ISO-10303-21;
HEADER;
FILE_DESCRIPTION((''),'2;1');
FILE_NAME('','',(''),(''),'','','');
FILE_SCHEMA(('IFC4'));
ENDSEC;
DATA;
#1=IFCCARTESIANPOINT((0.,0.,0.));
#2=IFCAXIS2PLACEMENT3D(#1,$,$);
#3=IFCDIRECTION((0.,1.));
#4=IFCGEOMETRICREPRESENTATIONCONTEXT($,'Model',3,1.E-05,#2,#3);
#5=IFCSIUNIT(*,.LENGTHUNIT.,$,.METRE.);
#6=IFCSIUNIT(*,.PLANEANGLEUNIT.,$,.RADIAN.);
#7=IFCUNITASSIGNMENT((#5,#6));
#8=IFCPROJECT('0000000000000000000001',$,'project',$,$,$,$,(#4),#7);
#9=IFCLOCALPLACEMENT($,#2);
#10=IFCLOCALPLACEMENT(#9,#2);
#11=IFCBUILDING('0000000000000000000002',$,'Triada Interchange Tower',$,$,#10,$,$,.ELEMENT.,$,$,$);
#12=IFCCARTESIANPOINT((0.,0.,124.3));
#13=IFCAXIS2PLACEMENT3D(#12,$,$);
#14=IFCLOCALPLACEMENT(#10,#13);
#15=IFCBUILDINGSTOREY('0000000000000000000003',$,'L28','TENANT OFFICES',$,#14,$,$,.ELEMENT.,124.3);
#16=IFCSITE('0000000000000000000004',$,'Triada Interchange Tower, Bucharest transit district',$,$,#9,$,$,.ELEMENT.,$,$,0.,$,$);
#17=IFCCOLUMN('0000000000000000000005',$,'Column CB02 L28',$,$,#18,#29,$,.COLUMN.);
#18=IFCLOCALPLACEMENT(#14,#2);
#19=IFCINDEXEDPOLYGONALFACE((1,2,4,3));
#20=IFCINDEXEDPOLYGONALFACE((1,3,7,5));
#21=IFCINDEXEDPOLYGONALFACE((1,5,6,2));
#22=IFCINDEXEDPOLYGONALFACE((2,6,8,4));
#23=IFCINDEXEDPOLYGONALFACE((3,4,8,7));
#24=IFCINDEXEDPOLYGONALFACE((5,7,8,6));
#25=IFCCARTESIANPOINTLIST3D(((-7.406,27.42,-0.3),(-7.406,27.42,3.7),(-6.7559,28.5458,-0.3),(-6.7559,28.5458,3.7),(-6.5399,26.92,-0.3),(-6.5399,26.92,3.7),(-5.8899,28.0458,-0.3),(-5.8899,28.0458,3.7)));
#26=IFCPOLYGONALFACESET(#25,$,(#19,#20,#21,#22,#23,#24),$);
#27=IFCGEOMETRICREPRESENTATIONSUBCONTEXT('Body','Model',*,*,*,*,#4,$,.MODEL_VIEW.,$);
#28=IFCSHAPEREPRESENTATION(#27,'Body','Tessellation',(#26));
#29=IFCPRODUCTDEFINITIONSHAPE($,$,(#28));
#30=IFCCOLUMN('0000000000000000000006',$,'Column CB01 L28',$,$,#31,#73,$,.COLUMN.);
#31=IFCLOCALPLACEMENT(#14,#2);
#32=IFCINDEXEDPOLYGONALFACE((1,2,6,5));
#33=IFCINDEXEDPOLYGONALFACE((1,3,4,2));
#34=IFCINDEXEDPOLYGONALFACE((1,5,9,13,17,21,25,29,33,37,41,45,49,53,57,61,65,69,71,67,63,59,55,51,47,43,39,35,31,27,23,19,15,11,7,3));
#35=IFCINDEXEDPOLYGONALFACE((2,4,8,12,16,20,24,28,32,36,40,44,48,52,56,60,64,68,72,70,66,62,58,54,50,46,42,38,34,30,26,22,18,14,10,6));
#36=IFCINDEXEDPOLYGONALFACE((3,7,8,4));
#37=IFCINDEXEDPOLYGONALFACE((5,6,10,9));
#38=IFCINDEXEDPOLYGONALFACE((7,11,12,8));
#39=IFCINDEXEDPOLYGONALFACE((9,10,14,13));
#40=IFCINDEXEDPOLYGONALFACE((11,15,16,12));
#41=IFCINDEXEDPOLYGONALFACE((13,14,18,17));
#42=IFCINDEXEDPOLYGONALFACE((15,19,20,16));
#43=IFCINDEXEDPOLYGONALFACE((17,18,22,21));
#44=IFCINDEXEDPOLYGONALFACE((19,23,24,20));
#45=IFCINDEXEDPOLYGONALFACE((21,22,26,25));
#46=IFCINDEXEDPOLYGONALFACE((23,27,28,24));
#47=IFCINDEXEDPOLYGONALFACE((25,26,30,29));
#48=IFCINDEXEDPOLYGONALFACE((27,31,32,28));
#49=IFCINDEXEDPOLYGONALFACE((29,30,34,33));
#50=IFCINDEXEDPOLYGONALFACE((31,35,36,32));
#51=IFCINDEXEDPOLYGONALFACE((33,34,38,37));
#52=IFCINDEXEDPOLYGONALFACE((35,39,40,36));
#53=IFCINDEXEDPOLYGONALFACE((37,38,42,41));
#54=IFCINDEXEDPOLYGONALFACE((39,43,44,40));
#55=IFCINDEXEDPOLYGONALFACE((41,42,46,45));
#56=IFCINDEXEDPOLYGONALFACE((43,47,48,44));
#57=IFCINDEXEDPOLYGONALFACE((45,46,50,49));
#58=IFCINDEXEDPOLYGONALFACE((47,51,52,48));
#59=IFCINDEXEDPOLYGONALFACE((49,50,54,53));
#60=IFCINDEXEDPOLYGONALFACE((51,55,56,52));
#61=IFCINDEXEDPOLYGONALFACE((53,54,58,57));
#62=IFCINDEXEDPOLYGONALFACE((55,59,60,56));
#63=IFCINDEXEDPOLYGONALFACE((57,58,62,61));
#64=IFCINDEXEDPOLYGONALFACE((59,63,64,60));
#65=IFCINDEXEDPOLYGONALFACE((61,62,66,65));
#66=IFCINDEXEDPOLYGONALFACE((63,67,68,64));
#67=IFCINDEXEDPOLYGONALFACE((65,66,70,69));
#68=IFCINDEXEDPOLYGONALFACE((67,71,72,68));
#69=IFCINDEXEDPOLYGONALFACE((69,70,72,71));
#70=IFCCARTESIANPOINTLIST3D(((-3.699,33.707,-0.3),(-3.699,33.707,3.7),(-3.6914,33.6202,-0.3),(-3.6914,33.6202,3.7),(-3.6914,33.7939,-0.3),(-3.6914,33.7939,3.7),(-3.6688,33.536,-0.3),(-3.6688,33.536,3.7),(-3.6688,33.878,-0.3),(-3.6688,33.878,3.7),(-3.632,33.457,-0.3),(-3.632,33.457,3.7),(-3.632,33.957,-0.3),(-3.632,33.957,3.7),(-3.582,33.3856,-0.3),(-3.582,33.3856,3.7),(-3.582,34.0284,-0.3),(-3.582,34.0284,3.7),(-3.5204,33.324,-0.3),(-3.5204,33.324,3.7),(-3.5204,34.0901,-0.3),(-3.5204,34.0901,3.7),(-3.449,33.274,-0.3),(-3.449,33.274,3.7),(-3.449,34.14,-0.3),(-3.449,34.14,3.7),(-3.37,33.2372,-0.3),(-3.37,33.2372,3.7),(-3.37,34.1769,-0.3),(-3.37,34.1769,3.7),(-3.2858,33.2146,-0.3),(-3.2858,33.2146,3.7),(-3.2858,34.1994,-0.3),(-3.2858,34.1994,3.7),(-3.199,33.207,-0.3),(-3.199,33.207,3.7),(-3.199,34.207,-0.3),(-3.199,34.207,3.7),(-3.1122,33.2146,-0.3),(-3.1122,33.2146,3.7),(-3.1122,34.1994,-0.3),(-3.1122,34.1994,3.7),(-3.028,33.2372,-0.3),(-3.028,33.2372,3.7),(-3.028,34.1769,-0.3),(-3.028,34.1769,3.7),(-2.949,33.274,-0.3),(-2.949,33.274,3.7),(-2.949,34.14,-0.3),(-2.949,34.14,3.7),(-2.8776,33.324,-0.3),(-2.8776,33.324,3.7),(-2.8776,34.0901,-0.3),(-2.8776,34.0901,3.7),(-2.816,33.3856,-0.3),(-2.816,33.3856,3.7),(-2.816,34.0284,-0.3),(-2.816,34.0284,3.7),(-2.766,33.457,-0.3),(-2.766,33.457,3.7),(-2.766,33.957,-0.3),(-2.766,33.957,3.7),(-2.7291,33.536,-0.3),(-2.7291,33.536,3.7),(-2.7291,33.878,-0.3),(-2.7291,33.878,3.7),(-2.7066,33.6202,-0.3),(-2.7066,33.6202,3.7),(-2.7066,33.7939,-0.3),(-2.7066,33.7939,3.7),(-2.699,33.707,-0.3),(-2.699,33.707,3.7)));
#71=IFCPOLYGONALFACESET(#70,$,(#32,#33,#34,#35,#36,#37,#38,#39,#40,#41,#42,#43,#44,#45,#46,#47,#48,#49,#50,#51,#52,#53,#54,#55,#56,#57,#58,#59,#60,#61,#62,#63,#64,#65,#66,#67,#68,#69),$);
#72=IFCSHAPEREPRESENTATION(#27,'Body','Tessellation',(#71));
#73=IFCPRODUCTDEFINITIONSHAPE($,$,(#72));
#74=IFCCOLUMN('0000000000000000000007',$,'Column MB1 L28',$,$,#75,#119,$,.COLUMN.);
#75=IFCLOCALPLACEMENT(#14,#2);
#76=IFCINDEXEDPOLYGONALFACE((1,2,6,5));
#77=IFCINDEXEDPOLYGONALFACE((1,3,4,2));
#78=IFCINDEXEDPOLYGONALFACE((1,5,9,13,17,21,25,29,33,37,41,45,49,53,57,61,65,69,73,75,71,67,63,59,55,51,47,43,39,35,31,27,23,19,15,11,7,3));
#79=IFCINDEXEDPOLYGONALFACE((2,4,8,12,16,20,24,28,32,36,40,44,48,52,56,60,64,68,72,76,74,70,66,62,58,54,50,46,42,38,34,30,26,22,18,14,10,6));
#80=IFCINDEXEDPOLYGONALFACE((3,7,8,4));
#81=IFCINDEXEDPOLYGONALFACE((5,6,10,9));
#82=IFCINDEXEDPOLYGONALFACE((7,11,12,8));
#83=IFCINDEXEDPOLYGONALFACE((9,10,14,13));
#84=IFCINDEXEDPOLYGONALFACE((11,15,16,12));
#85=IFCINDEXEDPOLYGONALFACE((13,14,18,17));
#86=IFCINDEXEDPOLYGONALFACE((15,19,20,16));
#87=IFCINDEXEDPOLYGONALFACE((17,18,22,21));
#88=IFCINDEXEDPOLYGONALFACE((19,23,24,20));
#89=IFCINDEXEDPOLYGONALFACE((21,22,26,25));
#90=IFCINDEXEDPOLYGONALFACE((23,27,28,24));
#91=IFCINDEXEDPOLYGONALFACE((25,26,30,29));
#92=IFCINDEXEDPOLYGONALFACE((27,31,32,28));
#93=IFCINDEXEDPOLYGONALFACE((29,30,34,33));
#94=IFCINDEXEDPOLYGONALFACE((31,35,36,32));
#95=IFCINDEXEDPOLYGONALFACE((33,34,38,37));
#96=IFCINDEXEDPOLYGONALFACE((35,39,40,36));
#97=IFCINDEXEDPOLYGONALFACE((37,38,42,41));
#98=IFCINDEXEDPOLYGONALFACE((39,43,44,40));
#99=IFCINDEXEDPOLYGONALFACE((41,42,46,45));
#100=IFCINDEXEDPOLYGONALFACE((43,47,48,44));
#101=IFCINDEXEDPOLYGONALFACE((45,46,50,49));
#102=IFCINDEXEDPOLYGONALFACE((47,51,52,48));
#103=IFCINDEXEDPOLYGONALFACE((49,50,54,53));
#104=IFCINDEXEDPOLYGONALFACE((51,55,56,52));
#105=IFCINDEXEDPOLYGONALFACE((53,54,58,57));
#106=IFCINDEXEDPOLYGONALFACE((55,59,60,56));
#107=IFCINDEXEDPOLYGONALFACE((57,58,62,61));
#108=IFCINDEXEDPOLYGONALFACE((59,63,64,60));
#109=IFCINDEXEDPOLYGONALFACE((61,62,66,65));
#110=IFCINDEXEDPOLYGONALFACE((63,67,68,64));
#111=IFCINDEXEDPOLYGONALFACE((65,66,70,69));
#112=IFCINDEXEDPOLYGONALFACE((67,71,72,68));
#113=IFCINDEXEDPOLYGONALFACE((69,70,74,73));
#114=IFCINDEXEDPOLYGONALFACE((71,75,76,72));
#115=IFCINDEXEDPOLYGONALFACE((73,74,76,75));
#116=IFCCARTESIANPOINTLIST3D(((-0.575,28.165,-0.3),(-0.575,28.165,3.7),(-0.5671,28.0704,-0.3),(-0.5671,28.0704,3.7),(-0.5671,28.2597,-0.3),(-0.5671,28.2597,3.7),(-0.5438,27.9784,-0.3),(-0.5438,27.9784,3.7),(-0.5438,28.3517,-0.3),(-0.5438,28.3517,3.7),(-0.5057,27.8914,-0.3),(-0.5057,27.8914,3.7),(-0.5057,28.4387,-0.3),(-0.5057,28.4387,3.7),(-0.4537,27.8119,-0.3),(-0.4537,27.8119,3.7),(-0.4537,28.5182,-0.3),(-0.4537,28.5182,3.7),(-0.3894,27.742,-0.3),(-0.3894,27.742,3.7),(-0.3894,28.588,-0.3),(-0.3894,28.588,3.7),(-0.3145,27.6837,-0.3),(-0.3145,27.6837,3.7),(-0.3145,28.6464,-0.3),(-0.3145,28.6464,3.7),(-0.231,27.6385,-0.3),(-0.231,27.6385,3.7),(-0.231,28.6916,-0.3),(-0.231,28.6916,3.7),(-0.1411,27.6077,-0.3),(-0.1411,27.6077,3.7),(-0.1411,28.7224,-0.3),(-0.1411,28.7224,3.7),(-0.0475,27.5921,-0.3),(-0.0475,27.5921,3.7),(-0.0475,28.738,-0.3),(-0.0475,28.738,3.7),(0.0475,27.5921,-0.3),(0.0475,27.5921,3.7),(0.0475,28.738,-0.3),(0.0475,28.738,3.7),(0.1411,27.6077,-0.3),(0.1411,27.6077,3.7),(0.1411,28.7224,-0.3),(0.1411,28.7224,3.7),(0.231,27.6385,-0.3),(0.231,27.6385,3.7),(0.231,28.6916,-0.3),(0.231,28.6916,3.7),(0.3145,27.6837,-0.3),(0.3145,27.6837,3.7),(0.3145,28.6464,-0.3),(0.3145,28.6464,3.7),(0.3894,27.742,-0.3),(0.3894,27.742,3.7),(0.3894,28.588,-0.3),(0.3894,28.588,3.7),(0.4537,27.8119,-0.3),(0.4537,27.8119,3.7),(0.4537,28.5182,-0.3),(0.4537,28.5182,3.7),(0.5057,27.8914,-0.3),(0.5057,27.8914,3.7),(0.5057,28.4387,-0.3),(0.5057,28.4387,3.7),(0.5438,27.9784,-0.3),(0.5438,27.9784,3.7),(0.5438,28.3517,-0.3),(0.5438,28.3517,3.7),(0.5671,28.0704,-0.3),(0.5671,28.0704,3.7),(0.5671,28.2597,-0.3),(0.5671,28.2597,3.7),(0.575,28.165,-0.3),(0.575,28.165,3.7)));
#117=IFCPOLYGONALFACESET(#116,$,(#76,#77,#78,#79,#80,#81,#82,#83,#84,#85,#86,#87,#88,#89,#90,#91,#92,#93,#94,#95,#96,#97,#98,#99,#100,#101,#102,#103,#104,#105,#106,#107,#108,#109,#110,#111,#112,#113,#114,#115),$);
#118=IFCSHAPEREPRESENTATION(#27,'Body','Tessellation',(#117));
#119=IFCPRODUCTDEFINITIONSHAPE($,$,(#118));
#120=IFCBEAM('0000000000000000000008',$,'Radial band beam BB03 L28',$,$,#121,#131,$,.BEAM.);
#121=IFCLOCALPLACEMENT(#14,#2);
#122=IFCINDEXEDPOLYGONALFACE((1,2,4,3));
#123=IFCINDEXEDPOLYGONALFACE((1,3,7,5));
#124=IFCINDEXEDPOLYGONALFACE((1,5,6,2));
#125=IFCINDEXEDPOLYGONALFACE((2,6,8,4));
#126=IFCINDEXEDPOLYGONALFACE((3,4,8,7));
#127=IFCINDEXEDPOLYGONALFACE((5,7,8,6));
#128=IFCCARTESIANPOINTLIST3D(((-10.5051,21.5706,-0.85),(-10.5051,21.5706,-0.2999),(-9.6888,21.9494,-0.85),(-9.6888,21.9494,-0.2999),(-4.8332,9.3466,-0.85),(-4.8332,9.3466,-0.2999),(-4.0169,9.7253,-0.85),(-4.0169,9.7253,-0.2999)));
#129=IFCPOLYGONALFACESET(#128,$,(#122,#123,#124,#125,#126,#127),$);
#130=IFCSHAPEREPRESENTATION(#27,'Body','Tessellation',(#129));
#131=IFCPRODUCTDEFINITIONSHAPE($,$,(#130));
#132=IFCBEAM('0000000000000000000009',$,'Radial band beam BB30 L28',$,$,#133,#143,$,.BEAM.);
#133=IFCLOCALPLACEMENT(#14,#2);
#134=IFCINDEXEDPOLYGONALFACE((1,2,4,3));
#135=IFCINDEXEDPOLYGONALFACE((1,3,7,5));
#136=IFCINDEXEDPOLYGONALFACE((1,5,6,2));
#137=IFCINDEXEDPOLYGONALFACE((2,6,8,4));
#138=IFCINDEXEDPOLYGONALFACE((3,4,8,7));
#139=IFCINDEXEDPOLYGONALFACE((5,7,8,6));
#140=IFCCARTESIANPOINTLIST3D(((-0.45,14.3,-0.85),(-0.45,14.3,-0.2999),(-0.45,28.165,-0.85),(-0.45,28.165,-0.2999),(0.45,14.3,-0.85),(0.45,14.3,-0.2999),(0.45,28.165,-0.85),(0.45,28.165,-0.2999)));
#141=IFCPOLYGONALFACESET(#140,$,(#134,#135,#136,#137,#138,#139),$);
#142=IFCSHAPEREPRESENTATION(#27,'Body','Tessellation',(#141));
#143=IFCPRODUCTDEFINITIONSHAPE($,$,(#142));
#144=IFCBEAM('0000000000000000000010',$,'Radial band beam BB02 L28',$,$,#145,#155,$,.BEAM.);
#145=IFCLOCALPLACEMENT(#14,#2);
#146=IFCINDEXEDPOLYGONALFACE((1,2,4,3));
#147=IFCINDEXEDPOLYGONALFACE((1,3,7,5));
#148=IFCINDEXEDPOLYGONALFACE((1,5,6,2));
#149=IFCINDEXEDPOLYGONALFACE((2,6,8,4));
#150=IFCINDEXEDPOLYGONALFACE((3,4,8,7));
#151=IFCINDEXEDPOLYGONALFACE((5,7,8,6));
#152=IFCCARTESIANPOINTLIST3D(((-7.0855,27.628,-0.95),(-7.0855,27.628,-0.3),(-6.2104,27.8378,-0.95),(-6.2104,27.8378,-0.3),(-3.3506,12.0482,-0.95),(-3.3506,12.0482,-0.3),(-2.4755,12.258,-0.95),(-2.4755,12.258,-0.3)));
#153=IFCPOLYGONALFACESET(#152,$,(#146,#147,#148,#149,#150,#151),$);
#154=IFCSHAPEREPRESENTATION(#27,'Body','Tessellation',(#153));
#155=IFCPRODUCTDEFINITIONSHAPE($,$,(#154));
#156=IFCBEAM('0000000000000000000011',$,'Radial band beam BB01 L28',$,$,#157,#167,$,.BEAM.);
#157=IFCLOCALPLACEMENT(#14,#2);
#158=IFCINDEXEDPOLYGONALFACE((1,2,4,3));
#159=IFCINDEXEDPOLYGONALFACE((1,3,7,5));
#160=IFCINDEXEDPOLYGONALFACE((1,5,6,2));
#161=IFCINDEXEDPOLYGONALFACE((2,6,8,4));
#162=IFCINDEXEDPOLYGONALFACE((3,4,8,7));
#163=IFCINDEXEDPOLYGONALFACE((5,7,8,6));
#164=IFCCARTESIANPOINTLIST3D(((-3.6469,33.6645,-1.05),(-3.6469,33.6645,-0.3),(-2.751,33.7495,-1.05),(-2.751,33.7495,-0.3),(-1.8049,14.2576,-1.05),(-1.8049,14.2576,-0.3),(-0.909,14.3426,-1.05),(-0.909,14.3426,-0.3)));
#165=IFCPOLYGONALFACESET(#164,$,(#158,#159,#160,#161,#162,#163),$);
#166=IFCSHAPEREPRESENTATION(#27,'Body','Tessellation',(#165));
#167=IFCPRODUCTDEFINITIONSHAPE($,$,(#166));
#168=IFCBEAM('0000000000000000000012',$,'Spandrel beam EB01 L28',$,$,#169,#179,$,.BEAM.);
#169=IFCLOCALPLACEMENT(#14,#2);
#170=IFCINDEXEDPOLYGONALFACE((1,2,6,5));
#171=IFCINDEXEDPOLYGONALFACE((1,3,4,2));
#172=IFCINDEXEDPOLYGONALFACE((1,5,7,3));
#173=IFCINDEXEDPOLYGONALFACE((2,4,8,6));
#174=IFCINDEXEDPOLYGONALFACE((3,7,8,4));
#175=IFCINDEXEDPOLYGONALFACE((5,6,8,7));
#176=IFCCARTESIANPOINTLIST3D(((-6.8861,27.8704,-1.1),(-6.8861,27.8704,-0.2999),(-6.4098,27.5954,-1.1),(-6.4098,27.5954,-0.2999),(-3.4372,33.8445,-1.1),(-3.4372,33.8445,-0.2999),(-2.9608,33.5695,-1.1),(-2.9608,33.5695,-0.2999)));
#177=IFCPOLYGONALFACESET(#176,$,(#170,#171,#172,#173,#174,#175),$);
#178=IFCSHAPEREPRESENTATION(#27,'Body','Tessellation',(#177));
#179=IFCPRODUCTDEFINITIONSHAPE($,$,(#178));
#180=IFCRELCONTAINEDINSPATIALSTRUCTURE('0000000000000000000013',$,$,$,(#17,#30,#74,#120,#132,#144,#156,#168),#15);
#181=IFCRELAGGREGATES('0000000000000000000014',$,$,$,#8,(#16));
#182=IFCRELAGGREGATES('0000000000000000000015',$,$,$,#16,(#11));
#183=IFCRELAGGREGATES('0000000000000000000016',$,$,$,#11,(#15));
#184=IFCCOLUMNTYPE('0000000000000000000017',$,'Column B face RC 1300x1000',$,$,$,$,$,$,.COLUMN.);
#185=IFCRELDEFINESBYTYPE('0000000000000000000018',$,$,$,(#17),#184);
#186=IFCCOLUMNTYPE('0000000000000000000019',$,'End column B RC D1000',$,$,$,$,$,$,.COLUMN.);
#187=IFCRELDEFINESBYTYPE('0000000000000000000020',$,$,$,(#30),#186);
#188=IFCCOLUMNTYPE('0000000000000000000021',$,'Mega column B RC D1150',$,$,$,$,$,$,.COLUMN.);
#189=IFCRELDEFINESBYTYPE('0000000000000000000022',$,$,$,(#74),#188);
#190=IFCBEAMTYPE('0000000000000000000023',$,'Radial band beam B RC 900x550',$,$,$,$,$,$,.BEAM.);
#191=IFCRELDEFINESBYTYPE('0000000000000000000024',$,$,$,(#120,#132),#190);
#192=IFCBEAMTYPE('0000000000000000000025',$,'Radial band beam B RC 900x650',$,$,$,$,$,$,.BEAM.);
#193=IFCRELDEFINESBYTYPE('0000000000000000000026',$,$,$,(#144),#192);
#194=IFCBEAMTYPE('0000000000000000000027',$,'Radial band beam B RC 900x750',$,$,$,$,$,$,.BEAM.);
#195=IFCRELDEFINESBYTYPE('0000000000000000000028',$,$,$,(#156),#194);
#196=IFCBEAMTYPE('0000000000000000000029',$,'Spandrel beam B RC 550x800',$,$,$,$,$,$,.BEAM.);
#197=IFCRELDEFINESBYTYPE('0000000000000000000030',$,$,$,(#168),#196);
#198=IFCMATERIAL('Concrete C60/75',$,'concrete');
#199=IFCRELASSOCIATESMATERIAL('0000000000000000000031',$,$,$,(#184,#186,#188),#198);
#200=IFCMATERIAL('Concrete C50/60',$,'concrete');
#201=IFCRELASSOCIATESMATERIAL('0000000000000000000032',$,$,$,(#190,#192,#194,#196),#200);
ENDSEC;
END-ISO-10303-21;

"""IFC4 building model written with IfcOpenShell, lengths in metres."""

from ifc_helpers import new_model, si_unit, direction, frame, origin, origin_2d, place, context, subcontext, project, spatial, rectangle, circle, extrude, material, material_profile, profile_set, type_object, element, save


model = new_model("IFC4")

# Units and contexts
model_context = context("Model", 3, precision=1e-05, world=origin(), true_north=direction((0.0, 1.0)))
body_context = subcontext(model_context, "Body", "Model", "MODEL_VIEW")
ifc_project = project(units=[si_unit("LENGTHUNIT", "METRE"), si_unit("PLANEANGLEUNIT", "RADIAN")], contexts=[model_context])

# Site, building, storey
site_placement = place(None, origin())
site = spatial("IfcSite", under=ifc_project, at=site_placement, Name="Triada Interchange Tower, Bucharest transit district", CompositionType="ELEMENT", RefElevation=0.0)
building_placement = place(site_placement, origin())
building = spatial("IfcBuilding", under=site, at=building_placement, Name="Triada Interchange Tower", CompositionType="ELEMENT")
storey_placement = place(building_placement, frame((0.0, 0.0, 124.3)))
storey = spatial("IfcBuildingStorey", under=building, at=storey_placement, Name="L28", Description="TENANT OFFICES", CompositionType="ELEMENT", Elevation=124.3)

# Columns
ifc_material_1 = material(Name="Concrete C60/75", Category="concrete")
ifc_material_profile_1 = material_profile(ifc_material_1, rectangle(XDim=1.3, YDim=1.0, at=origin_2d()), Name="RC 1300x1000")
ifc_profile_set_1 = profile_set([ifc_material_profile_1], Name="Concrete C60/75")
column_type_1 = type_object("IfcColumnType", Name="Column B face RC 1300x1000", PredefinedType="COLUMN", material=ifc_profile_set_1)
column_1_placement = place(storey_placement, frame((-6.6479, 27.7329, -0.3), z_axis=(0.0, 0.0, 1.0), x_axis=(0.5, 0.866025, 0.0)))
element("IfcColumn", 1, at=column_1_placement, inside=storey, type_object=column_type_1, Name="Column CB02 L28", PredefinedType="COLUMN", context=body_context, shape_type="SweptSolid", body=[
    extrude(rectangle(XDim=1.3, YDim=1.0, at=origin_2d()), origin(), (0.0, 0.0, 1.0), 4.0),
])
ifc_material_profile_2 = material_profile(ifc_material_1, circle(Radius=0.5, at=origin_2d()), Name="RC D1000")
ifc_profile_set_2 = profile_set([ifc_material_profile_2], Name="Concrete C60/75")
column_type_2 = type_object("IfcColumnType", Name="End column B RC D1000", PredefinedType="COLUMN", material=ifc_profile_set_2)
column_2_placement = place(storey_placement, frame((-3.199, 33.707, -0.3), z_axis=(0.0, 0.0, 1.0), x_axis=(0.5, 0.866025, 0.0)))
element("IfcColumn", 2, at=column_2_placement, inside=storey, type_object=column_type_2, Name="Column CB01 L28", PredefinedType="COLUMN", context=body_context, shape_type="SweptSolid", body=[
    extrude(circle(Radius=0.5, at=origin_2d()), origin(), (0.0, 0.0, 1.0), 4.0),
])
ifc_material_profile_3 = material_profile(ifc_material_1, circle(Radius=0.575, at=origin_2d()), Name="RC D1150")
ifc_profile_set_3 = profile_set([ifc_material_profile_3], Name="Concrete C60/75")
column_type_3 = type_object("IfcColumnType", Name="Mega column B RC D1150", PredefinedType="COLUMN", material=ifc_profile_set_3)
column_3_placement = place(storey_placement, frame((0.0, 28.165, -0.3), z_axis=(0.0, 0.0, 1.0), x_axis=(1.0, 0.0, 0.0)))
element("IfcColumn", 3, at=column_3_placement, inside=storey, type_object=column_type_3, Name="Column MB1 L28", PredefinedType="COLUMN", context=body_context, shape_type="SweptSolid", body=[
    extrude(circle(Radius=0.575, at=origin_2d()), origin(), (0.0, 0.0, 1.0), 4.0),
])

# Beams
ifc_material_2 = material(Name="Concrete C50/60", Category="concrete")
ifc_material_profile_4 = material_profile(ifc_material_2, rectangle(XDim=0.8999, YDim=0.55, at=origin_2d()), Name="RC 900x550")
ifc_profile_set_4 = profile_set([ifc_material_profile_4], Name="Concrete C50/60")
beam_type_1 = type_object("IfcBeamType", Name="Radial band beam B RC 900x550", PredefinedType="BEAM", material=ifc_profile_set_4)
beam_1_placement = place(storey_placement, frame((-10.0969, 21.76, -0.575), z_axis=(0.420891, -0.907111, 0.0), x_axis=(0.907111, 0.420891, 0.0)))
element("IfcBeam", 4, at=beam_1_placement, inside=storey, type_object=beam_type_1, Name="Radial band beam BB03 L28", PredefinedType="BEAM", context=body_context, shape_type="SweptSolid", body=[
    extrude(rectangle(XDim=0.8999, YDim=0.55, at=origin_2d()), origin(), (0.0, 0.0, 1.0), 13.4758),
])
beam_2_placement = place(storey_placement, frame((0.0, 28.165, -0.575), z_axis=(0.0, -1.0, 0.0), x_axis=(1.0, 0.0, 0.0)))
element("IfcBeam", 5, at=beam_2_placement, inside=storey, type_object=beam_type_1, Name="Radial band beam BB30 L28", PredefinedType="BEAM", context=body_context, shape_type="SweptSolid", body=[
    extrude(rectangle(XDim=0.8999, YDim=0.55, at=origin_2d()), origin(), (0.0, 0.0, 1.0), 13.865),
])
ifc_material_profile_5 = material_profile(ifc_material_2, rectangle(XDim=0.8999, YDim=0.6499, at=origin_2d()), Name="RC 900x650")
ifc_profile_set_5 = profile_set([ifc_material_profile_5], Name="Concrete C50/60")
beam_type_2 = type_object("IfcBeamType", Name="Radial band beam B RC 900x650", PredefinedType="BEAM", material=ifc_profile_set_5)
beam_3_placement = place(storey_placement, frame((-6.6479, 27.7329, -0.625), z_axis=(0.233119, -0.972448, 0.0), x_axis=(0.972448, 0.233119, 0.0)))
element("IfcBeam", 6, at=beam_3_placement, inside=storey, type_object=beam_type_2, Name="Radial band beam BB02 L28", PredefinedType="BEAM", context=body_context, shape_type="SweptSolid", body=[
    extrude(rectangle(XDim=0.8999, YDim=0.6499, at=origin_2d()), origin(), (0.0, 0.0, 1.0), 16.0212),
])
ifc_material_profile_6 = material_profile(ifc_material_2, rectangle(XDim=0.8999, YDim=0.75, at=origin_2d()), Name="RC 900x750")
ifc_profile_set_6 = profile_set([ifc_material_profile_6], Name="Concrete C50/60")
beam_type_3 = type_object("IfcBeamType", Name="Radial band beam B RC 900x750", PredefinedType="BEAM", material=ifc_profile_set_6)
beam_4_placement = place(storey_placement, frame((-3.199, 33.707, -0.675), z_axis=(0.094492, -0.995526, 0.0), x_axis=(0.995526, 0.094492, 0.0)))
element("IfcBeam", 7, at=beam_4_placement, inside=storey, type_object=beam_type_3, Name="Radial band beam BB01 L28", PredefinedType="BEAM", context=body_context, shape_type="SweptSolid", body=[
    extrude(rectangle(XDim=0.8999, YDim=0.75, at=origin_2d()), origin(), (0.0, 0.0, 1.0), 19.4941),
])
ifc_material_profile_7 = material_profile(ifc_material_2, rectangle(XDim=0.55, YDim=0.8, at=origin_2d()), Name="RC 550x800")
ifc_profile_set_7 = profile_set([ifc_material_profile_7], Name="Concrete C50/60")
beam_type_4 = type_object("IfcBeamType", Name="Spandrel beam B RC 550x800", PredefinedType="BEAM", material=ifc_profile_set_7)
beam_5_placement = place(storey_placement, frame((-3.199, 33.707, -0.7), z_axis=(-0.49998, -0.866037, 0.0), x_axis=(0.866037, -0.49998, 0.0)))
element("IfcBeam", 8, at=beam_5_placement, inside=storey, type_object=beam_type_4, Name="Spandrel beam EB01 L28", PredefinedType="BEAM", context=body_context, shape_type="SweptSolid", body=[
    extrude(rectangle(XDim=0.55, YDim=0.8, at=origin_2d()), origin(), (0.0, 0.0, 1.0), 6.8982),
])

save(model, "model.ifc")
